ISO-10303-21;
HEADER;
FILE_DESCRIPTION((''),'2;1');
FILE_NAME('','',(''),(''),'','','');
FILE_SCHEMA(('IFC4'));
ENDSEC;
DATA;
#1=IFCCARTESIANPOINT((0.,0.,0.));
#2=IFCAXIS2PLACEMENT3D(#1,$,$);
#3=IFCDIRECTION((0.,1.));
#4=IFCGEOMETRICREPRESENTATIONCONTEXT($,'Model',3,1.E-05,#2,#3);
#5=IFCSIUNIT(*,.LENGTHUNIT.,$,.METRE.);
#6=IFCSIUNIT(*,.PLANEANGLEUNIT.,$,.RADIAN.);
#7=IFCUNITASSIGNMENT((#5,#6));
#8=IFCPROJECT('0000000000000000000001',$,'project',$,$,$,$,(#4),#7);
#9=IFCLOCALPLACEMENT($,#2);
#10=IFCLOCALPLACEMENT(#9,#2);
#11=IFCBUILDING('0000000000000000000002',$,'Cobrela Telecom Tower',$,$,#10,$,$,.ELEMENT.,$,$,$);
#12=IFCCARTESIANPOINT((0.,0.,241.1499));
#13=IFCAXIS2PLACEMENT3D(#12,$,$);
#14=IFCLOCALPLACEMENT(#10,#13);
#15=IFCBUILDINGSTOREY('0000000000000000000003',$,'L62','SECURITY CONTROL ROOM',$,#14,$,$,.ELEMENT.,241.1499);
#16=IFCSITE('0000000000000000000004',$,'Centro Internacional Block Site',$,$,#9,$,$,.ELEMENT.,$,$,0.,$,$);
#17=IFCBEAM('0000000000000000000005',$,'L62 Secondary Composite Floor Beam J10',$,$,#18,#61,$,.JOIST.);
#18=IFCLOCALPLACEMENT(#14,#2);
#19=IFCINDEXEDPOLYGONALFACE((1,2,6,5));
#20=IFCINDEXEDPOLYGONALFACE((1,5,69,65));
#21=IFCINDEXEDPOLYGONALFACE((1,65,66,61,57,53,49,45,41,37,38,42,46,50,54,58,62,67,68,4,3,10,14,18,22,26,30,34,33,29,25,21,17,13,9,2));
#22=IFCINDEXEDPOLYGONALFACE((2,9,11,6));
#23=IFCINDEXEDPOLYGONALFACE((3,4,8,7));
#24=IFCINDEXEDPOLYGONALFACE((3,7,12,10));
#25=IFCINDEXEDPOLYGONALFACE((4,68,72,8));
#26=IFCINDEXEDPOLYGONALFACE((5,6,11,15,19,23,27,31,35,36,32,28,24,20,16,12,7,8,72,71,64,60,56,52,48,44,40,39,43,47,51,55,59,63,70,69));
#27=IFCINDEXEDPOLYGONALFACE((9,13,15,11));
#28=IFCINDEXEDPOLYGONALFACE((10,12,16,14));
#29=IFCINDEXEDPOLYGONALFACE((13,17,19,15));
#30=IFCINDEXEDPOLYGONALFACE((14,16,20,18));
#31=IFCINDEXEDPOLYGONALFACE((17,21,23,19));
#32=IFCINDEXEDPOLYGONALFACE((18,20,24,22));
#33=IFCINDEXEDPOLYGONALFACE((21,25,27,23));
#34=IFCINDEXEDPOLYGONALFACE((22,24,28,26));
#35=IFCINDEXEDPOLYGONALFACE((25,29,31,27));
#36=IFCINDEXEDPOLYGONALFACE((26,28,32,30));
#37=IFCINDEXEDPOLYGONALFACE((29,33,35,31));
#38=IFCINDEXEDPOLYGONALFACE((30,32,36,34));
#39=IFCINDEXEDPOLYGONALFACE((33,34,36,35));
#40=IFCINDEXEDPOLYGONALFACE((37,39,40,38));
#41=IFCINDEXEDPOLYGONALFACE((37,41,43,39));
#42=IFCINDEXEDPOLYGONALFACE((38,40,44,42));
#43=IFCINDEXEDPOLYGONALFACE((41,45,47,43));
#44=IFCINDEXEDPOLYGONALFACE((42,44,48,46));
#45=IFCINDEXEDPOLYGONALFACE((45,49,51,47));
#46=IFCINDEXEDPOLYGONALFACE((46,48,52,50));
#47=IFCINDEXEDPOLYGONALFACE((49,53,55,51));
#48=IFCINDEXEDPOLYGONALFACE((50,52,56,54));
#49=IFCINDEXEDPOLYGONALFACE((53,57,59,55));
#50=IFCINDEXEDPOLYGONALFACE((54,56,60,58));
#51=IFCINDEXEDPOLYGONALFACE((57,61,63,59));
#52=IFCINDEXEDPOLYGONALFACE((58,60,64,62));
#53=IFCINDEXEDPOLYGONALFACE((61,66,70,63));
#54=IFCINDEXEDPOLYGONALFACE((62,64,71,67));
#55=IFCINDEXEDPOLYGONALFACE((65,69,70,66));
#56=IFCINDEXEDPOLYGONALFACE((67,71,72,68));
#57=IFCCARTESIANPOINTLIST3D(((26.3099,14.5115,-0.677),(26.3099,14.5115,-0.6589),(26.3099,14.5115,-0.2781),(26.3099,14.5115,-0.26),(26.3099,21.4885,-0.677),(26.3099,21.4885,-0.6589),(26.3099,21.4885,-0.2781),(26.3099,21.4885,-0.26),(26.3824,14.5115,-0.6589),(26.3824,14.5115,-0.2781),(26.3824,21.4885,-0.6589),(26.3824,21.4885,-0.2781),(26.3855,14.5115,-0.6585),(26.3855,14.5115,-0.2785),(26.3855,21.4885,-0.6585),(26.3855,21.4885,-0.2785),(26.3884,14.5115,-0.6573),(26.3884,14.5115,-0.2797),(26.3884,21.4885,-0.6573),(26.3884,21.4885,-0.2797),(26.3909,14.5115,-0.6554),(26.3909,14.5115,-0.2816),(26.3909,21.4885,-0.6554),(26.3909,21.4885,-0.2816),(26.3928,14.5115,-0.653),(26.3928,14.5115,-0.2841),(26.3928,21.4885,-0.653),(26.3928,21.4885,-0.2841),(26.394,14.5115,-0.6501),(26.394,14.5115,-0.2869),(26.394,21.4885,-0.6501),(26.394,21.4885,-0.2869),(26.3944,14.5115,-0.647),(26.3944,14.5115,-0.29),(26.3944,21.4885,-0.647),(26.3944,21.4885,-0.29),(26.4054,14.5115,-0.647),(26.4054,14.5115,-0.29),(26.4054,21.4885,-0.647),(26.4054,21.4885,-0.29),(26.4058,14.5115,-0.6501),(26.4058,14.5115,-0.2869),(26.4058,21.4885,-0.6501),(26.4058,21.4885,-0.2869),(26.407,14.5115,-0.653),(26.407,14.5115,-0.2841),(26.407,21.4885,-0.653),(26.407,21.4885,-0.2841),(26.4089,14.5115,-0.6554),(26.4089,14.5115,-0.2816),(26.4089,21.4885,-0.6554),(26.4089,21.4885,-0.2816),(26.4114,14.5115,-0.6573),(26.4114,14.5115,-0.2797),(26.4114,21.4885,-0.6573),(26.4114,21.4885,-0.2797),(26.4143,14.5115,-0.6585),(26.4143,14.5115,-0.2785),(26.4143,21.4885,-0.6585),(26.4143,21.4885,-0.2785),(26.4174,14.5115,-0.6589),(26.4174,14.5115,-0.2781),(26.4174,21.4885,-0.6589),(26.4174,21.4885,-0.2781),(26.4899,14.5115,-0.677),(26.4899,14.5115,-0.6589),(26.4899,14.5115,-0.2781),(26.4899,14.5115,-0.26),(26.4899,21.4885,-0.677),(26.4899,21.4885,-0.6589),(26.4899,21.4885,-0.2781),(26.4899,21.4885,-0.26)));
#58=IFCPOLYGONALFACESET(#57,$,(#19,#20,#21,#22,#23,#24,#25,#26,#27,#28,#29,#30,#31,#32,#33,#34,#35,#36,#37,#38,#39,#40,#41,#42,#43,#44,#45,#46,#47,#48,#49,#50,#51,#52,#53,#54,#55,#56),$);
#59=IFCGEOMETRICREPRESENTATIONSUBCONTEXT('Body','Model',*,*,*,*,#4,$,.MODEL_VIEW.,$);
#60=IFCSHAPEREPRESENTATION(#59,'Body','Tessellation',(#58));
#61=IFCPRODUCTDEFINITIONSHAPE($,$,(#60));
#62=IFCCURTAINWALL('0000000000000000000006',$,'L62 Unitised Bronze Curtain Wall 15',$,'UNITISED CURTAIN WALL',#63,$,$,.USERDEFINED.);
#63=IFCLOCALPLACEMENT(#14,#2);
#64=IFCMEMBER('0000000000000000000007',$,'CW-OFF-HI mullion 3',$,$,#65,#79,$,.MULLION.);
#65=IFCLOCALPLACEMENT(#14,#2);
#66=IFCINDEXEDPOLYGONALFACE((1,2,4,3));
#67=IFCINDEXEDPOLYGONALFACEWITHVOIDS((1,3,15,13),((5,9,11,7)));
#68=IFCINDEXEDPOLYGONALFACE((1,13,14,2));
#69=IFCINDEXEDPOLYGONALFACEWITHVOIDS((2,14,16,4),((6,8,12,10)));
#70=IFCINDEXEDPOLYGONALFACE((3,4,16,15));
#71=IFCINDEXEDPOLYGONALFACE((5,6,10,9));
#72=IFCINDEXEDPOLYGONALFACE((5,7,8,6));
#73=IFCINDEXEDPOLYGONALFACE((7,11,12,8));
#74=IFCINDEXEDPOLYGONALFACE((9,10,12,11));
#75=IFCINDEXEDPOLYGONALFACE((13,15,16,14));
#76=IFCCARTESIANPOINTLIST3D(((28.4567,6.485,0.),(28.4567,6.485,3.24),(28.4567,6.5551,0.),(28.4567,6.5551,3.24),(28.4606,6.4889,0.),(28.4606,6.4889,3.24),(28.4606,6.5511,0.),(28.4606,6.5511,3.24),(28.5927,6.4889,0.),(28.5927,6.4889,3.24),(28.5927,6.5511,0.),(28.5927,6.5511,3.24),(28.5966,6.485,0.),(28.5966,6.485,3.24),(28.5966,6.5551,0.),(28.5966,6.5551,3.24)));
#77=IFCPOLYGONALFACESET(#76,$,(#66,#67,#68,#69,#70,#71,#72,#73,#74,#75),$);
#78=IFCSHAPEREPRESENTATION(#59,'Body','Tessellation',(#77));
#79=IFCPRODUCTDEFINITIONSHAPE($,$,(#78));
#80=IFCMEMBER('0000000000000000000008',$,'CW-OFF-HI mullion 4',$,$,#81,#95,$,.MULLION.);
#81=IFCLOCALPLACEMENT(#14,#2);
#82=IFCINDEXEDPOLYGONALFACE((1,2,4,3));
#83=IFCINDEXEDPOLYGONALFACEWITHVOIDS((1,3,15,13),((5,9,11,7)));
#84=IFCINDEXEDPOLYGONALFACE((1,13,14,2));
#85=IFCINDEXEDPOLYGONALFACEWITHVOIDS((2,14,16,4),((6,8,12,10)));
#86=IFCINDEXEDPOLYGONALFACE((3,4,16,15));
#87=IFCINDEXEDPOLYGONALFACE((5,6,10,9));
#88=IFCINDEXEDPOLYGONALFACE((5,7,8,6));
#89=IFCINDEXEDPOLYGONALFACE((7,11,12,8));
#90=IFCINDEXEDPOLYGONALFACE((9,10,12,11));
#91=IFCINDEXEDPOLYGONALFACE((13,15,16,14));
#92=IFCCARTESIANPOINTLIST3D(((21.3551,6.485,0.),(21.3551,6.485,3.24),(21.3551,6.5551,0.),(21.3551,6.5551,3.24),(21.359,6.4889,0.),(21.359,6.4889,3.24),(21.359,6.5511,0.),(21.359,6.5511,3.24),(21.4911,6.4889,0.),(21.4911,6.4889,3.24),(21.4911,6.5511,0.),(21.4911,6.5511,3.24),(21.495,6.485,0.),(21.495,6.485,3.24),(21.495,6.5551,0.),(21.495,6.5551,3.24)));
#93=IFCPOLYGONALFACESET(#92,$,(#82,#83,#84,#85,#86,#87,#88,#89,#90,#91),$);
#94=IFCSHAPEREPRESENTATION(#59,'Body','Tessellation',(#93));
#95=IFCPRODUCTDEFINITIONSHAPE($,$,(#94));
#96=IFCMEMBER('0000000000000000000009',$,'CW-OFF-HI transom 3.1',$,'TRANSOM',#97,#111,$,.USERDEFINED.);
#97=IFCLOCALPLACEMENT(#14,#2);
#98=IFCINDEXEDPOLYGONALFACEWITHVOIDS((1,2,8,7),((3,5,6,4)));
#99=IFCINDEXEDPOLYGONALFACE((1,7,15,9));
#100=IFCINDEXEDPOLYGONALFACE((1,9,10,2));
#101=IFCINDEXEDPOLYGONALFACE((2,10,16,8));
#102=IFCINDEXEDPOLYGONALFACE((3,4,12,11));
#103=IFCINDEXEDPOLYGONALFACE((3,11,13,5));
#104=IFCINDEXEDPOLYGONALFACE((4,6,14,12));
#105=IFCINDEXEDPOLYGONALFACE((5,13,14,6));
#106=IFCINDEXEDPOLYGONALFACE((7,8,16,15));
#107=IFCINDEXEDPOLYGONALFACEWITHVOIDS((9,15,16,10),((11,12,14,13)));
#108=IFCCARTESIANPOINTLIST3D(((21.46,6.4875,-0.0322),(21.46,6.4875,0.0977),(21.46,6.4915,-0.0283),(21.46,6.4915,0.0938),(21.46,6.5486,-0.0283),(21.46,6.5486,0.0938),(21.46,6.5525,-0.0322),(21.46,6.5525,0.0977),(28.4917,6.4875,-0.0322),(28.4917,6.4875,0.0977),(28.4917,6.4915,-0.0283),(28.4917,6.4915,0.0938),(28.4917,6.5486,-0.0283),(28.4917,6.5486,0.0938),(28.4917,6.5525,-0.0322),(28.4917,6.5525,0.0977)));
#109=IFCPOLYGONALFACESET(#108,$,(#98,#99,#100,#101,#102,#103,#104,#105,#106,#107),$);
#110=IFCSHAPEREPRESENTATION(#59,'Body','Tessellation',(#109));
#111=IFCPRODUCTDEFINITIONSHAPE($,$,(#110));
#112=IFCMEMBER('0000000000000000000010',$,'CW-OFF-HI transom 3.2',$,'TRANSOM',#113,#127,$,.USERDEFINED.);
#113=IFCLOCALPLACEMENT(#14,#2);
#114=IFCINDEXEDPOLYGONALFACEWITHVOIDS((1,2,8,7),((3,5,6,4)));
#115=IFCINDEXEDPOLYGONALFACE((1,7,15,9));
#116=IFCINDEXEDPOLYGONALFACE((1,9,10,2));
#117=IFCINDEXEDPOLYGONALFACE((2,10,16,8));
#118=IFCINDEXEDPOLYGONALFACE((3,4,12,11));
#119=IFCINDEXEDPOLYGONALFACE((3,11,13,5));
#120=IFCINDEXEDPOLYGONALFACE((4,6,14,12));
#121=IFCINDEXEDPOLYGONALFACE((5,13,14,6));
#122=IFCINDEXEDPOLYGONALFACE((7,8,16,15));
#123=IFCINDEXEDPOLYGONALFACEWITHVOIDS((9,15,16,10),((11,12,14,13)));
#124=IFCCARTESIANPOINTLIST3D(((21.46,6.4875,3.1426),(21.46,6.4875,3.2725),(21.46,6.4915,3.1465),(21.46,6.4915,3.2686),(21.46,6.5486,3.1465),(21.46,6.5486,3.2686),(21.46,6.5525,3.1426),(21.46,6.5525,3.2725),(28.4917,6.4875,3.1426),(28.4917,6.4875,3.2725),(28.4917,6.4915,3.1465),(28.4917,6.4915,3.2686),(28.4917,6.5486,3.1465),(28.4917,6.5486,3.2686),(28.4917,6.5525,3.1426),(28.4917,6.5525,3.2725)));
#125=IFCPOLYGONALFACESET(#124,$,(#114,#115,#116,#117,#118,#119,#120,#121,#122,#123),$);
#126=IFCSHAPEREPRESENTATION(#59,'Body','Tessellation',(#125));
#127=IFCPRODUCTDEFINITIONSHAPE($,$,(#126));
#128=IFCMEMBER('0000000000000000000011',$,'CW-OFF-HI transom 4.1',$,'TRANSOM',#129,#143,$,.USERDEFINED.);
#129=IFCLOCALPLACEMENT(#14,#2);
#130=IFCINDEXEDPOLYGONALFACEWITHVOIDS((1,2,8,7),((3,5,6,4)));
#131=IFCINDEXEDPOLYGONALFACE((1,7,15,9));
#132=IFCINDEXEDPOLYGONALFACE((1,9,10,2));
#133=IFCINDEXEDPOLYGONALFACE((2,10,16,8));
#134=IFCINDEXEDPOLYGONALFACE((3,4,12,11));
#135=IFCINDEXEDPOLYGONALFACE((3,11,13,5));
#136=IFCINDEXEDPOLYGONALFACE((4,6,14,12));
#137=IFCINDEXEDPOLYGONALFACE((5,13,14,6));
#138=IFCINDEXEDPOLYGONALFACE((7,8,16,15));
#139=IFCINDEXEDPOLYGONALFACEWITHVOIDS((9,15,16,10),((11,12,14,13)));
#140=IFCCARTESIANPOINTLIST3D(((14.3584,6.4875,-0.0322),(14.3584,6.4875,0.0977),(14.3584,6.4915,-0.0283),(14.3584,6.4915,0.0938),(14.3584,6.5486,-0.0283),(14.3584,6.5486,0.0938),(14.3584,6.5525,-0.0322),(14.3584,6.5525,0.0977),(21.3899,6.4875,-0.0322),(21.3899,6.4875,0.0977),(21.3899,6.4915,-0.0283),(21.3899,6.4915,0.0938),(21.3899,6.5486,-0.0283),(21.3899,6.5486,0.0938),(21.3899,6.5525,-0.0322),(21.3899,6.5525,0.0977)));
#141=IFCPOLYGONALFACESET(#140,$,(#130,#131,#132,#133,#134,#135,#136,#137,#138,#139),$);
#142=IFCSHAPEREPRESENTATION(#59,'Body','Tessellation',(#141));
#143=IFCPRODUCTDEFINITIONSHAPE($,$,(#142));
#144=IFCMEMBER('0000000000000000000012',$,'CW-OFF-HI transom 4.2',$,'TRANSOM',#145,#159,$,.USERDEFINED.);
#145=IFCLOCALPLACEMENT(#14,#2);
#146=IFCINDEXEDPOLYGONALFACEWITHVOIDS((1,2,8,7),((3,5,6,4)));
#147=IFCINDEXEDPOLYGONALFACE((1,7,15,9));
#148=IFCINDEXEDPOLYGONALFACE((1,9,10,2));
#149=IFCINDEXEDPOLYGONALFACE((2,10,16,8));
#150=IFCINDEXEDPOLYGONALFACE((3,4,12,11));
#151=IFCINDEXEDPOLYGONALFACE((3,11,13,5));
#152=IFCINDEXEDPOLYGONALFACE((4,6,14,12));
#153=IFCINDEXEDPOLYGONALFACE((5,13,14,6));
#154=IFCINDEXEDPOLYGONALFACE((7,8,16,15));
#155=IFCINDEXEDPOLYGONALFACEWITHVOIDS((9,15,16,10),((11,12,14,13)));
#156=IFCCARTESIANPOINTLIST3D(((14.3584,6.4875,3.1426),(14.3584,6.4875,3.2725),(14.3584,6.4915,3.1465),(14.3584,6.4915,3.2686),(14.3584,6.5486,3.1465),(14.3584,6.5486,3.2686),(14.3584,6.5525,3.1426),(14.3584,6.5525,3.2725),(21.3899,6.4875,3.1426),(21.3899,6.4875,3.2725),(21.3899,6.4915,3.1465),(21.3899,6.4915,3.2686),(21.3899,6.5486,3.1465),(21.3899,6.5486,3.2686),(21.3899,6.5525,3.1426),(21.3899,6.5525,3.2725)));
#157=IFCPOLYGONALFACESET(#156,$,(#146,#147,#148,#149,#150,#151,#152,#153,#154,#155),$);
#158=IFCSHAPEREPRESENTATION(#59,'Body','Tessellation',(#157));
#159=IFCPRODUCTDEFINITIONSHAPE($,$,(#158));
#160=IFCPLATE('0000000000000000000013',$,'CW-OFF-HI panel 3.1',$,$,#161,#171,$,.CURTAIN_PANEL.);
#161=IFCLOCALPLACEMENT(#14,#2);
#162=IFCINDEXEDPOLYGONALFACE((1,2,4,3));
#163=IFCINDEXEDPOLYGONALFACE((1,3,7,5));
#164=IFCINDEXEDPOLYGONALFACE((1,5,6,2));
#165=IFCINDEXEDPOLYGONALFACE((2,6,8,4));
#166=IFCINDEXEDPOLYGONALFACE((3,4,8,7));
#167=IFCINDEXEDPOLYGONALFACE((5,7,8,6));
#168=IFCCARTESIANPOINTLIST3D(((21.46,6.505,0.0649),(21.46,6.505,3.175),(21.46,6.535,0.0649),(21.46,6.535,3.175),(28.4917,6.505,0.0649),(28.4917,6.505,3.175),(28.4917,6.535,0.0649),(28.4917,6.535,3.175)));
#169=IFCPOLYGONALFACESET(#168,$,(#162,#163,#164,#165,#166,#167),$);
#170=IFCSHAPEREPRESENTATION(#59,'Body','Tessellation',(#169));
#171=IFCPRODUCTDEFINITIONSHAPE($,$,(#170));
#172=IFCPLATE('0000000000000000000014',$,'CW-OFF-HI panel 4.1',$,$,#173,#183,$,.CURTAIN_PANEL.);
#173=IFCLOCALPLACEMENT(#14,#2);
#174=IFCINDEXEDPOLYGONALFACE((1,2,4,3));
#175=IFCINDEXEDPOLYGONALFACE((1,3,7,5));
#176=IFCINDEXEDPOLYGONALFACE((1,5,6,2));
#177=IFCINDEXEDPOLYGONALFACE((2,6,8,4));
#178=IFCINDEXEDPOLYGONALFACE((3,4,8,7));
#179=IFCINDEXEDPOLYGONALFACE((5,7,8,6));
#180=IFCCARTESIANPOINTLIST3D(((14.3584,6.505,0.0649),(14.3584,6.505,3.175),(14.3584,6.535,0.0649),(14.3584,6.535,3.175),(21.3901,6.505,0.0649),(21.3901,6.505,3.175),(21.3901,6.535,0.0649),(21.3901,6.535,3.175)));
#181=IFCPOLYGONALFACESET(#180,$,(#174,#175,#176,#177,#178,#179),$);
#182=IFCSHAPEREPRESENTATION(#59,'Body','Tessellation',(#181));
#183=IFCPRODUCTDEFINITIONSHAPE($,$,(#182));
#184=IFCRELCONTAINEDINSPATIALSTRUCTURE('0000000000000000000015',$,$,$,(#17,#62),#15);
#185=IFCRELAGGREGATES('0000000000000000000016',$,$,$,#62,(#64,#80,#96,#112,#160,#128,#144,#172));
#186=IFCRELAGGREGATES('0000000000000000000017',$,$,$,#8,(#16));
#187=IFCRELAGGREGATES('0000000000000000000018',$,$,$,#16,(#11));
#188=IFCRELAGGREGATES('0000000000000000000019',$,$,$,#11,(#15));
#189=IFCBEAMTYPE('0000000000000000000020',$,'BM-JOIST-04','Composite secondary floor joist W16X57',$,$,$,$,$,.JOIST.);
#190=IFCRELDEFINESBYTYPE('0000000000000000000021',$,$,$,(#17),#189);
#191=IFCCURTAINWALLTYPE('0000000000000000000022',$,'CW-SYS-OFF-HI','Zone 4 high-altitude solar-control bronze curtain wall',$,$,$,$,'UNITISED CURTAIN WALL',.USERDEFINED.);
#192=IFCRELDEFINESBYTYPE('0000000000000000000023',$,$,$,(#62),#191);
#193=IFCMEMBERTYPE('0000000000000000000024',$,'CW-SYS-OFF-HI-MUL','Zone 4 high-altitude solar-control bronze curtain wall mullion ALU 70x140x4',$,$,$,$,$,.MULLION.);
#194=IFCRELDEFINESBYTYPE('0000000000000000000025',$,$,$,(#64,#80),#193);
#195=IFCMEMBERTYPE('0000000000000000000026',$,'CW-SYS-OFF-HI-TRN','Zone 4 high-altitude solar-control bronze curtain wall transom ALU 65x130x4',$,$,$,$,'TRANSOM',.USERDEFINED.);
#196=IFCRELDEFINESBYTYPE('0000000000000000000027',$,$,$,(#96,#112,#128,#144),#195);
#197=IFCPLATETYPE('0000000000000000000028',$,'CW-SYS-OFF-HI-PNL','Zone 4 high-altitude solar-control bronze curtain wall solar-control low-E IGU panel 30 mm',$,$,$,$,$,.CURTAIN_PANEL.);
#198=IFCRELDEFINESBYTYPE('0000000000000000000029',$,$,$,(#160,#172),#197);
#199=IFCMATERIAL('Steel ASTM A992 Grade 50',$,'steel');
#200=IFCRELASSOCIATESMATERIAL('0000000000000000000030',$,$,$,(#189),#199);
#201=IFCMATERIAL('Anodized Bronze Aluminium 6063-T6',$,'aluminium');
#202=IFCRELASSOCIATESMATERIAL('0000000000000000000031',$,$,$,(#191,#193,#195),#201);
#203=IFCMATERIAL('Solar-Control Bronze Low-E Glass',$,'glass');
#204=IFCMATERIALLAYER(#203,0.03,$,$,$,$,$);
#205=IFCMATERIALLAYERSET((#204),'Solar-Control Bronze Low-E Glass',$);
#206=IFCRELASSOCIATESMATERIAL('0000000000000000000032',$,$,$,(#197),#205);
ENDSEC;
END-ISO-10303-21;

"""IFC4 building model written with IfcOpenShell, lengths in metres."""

from ifc_helpers import new_model, si_unit, direction, frame, origin, origin_2d, place, context, subcontext, project, spatial, rectangle, hollow_rectangle, i_section, extrude, material, layer, layer_set, material_profile, profile_set, type_object, element, aggregate, save


model = new_model("IFC4")

# Units and contexts
model_context = context("Model", 3, precision=1e-05, world=origin(), true_north=direction((0.0, 1.0)))
body_context = subcontext(model_context, "Body", "Model", "MODEL_VIEW")
ifc_project = project(units=[si_unit("LENGTHUNIT", "METRE"), si_unit("PLANEANGLEUNIT", "RADIAN")], contexts=[model_context])

# Site, building, storey
site_placement = place(None, origin())
site = spatial("IfcSite", under=ifc_project, at=site_placement, Name="Centro Internacional Block Site", CompositionType="ELEMENT", RefElevation=0.0)
building_placement = place(site_placement, origin())
building = spatial("IfcBuilding", under=site, at=building_placement, Name="Cobrela Telecom Tower", CompositionType="ELEMENT")
storey_placement = place(building_placement, frame((0.0, 0.0, 241.1499)))
storey = spatial("IfcBuildingStorey", under=building, at=storey_placement, Name="L62", Description="SECURITY CONTROL ROOM", CompositionType="ELEMENT", Elevation=241.1499)

# Shared definitions
ifc_material_1 = material(Name="Steel ASTM A992 Grade 50", Category="steel")

# Beam
ifc_material_profile_1 = material_profile(ifc_material_1, i_section(OverallWidth=0.1799, OverallDepth=0.417, WebThickness=0.011, FlangeThickness=0.0181, FilletRadius=0.012, at=origin_2d()), Name="W16X57")
ifc_profile_set_1 = profile_set([ifc_material_profile_1], Name="Steel ASTM A992 Grade 50")
beam_type_1 = type_object("IfcBeamType", Name="BM-JOIST-04", Description="Composite secondary floor joist W16X57", PredefinedType="JOIST", material=ifc_profile_set_1)
beam_1_placement = place(storey_placement, frame((26.3999, 14.5115, -0.4685), z_axis=(0.0, 1.0, 0.0), x_axis=(-1.0, 0.0, 0.0)))
element("IfcBeam", 1, at=beam_1_placement, inside=storey, type_object=beam_type_1, Name="L62 Secondary Composite Floor Beam J10", PredefinedType="JOIST", context=body_context, shape_type="SweptSolid", body=[
    extrude(i_section(OverallWidth=0.1799, OverallDepth=0.417, WebThickness=0.011, FlangeThickness=0.0181, FilletRadius=0.012, at=origin_2d()), origin(), (0.0, 0.0, 1.0), 6.9771),
])

# Curtain wall, members, plates
ifc_material_2 = material(Name="Anodized Bronze Aluminium 6063-T6", Category="aluminium")
curtain_wall_type = type_object("IfcCurtainWallType", Name="CW-SYS-OFF-HI", Description="Zone 4 high-altitude solar-control bronze curtain wall", ElementType="UNITISED CURTAIN WALL", PredefinedType="USERDEFINED", material=ifc_material_2)
curtain_wall_placement = place(storey_placement, origin())
curtain_wall = element("IfcCurtainWall", 2, at=curtain_wall_placement, inside=storey, type_object=curtain_wall_type, Name="L62 Unitised Bronze Curtain Wall 15", ObjectType="UNITISED CURTAIN WALL", PredefinedType="USERDEFINED")
ifc_material_profile_2 = material_profile(ifc_material_2, hollow_rectangle(XDim=0.0701, YDim=0.1399, WallThickness=0.0039, at=origin_2d()), Name="ALU 70x140x4")
ifc_profile_set_2 = profile_set([ifc_material_profile_2], Name="Anodized Bronze Aluminium 6063-T6")
member_type_1 = type_object("IfcMemberType", Name="CW-SYS-OFF-HI-MUL", Description="Zone 4 high-altitude solar-control bronze curtain wall mullion ALU 70x140x4", PredefinedType="MULLION", material=ifc_profile_set_2)
member_1_placement = place(storey_placement, frame((28.5266, 6.52, 0.0), z_axis=(0.0, 0.0, 1.0), x_axis=(0.0, -1.0, 0.0)))
member_1 = element("IfcMember", 3, at=member_1_placement, type_object=member_type_1, Name="CW-OFF-HI mullion 3", PredefinedType="MULLION", context=body_context, shape_type="SweptSolid", body=[
    extrude(hollow_rectangle(XDim=0.0701, YDim=0.1399, WallThickness=0.0039, at=origin_2d()), origin(), (0.0, 0.0, 1.0), 3.24),
])
member_2_placement = place(storey_placement, frame((21.425, 6.52, 0.0), z_axis=(0.0, 0.0, 1.0), x_axis=(0.0, -1.0, 0.0)))
member_2 = element("IfcMember", 4, at=member_2_placement, type_object=member_type_1, Name="CW-OFF-HI mullion 4", PredefinedType="MULLION", context=body_context, shape_type="SweptSolid", body=[
    extrude(hollow_rectangle(XDim=0.0701, YDim=0.1399, WallThickness=0.0039, at=origin_2d()), origin(), (0.0, 0.0, 1.0), 3.24),
])
ifc_material_profile_3 = material_profile(ifc_material_2, hollow_rectangle(XDim=0.0649, YDim=0.1299, WallThickness=0.0039, at=origin_2d()), Name="ALU 65x130x4")
ifc_profile_set_3 = profile_set([ifc_material_profile_3], Name="Anodized Bronze Aluminium 6063-T6")
member_type_2 = type_object("IfcMemberType", Name="CW-SYS-OFF-HI-TRN", Description="Zone 4 high-altitude solar-control bronze curtain wall transom ALU 65x130x4", ElementType="TRANSOM", PredefinedType="USERDEFINED", material=ifc_profile_set_3)
member_3_placement = place(storey_placement, frame((28.4917, 6.52, 0.0327), z_axis=(-1.0, 0.0, 0.0), x_axis=(0.0, -1.0, 0.0)))
member_3 = element("IfcMember", 5, at=member_3_placement, type_object=member_type_2, Name="CW-OFF-HI transom 3.1", ObjectType="TRANSOM", PredefinedType="USERDEFINED", context=body_context, shape_type="SweptSolid", body=[
    extrude(hollow_rectangle(XDim=0.0649, YDim=0.1299, WallThickness=0.0039, at=origin_2d()), origin(), (0.0, 0.0, 1.0), 7.0317),
])
member_4_placement = place(storey_placement, frame((28.4917, 6.52, 3.2075), z_axis=(-1.0, 0.0, 0.0), x_axis=(0.0, -1.0, 0.0)))
member_4 = element("IfcMember", 6, at=member_4_placement, type_object=member_type_2, Name="CW-OFF-HI transom 3.2", ObjectType="TRANSOM", PredefinedType="USERDEFINED", context=body_context, shape_type="SweptSolid", body=[
    extrude(hollow_rectangle(XDim=0.0649, YDim=0.1299, WallThickness=0.0039, at=origin_2d()), origin(), (0.0, 0.0, 1.0), 7.0317),
])
member_5_placement = place(storey_placement, frame((21.3899, 6.52, 0.0327), z_axis=(-1.0, 0.0, 0.0), x_axis=(0.0, -1.0, 0.0)))
member_5 = element("IfcMember", 7, at=member_5_placement, type_object=member_type_2, Name="CW-OFF-HI transom 4.1", ObjectType="TRANSOM", PredefinedType="USERDEFINED", context=body_context, shape_type="SweptSolid", body=[
    extrude(hollow_rectangle(XDim=0.0649, YDim=0.1299, WallThickness=0.0039, at=origin_2d()), origin(), (0.0, 0.0, 1.0), 7.0315),
])
member_6_placement = place(storey_placement, frame((21.3899, 6.52, 3.2075), z_axis=(-1.0, 0.0, 0.0), x_axis=(0.0, -1.0, 0.0)))
member_6 = element("IfcMember", 8, at=member_6_placement, type_object=member_type_2, Name="CW-OFF-HI transom 4.2", ObjectType="TRANSOM", PredefinedType="USERDEFINED", context=body_context, shape_type="SweptSolid", body=[
    extrude(hollow_rectangle(XDim=0.0649, YDim=0.1299, WallThickness=0.0039, at=origin_2d()), origin(), (0.0, 0.0, 1.0), 7.0315),
])
ifc_material_3 = material(Name="Solar-Control Bronze Low-E Glass", Category="glass")
ifc_layer_1 = layer(ifc_material_3, 0.03)
ifc_layer_set_1 = layer_set([ifc_layer_1], Name="Solar-Control Bronze Low-E Glass")
plate_type = type_object("IfcPlateType", Name="CW-SYS-OFF-HI-PNL", Description="Zone 4 high-altitude solar-control bronze curtain wall solar-control low-E IGU panel 30 mm", PredefinedType="CURTAIN_PANEL", material=ifc_layer_set_1)
plate_1_placement = place(storey_placement, frame((24.9758, 6.52, 0.0649), z_axis=(0.0, 0.0, 1.0), x_axis=(-1.0, 0.0, 0.0)))
plate_1 = element("IfcPlate", 9, at=plate_1_placement, type_object=plate_type, Name="CW-OFF-HI panel 3.1", PredefinedType="CURTAIN_PANEL", context=body_context, shape_type="SweptSolid", body=[
    extrude(rectangle(XDim=7.0317, YDim=0.03, at=origin_2d()), origin(), (0.0, 0.0, 1.0), 3.1101),
])
plate_2_placement = place(storey_placement, frame((17.8743, 6.52, 0.0649), z_axis=(0.0, 0.0, 1.0), x_axis=(-1.0, 0.0, 0.0)))
plate_2 = element("IfcPlate", 10, at=plate_2_placement, type_object=plate_type, Name="CW-OFF-HI panel 4.1", PredefinedType="CURTAIN_PANEL", context=body_context, shape_type="SweptSolid", body=[
    extrude(rectangle(XDim=7.0317, YDim=0.03, at=origin_2d()), origin(), (0.0, 0.0, 1.0), 3.1101),
])
aggregate(curtain_wall, [member_1, member_2, member_3, member_4, plate_1, member_5, member_6, plate_2])

save(model, "model.ifc")
